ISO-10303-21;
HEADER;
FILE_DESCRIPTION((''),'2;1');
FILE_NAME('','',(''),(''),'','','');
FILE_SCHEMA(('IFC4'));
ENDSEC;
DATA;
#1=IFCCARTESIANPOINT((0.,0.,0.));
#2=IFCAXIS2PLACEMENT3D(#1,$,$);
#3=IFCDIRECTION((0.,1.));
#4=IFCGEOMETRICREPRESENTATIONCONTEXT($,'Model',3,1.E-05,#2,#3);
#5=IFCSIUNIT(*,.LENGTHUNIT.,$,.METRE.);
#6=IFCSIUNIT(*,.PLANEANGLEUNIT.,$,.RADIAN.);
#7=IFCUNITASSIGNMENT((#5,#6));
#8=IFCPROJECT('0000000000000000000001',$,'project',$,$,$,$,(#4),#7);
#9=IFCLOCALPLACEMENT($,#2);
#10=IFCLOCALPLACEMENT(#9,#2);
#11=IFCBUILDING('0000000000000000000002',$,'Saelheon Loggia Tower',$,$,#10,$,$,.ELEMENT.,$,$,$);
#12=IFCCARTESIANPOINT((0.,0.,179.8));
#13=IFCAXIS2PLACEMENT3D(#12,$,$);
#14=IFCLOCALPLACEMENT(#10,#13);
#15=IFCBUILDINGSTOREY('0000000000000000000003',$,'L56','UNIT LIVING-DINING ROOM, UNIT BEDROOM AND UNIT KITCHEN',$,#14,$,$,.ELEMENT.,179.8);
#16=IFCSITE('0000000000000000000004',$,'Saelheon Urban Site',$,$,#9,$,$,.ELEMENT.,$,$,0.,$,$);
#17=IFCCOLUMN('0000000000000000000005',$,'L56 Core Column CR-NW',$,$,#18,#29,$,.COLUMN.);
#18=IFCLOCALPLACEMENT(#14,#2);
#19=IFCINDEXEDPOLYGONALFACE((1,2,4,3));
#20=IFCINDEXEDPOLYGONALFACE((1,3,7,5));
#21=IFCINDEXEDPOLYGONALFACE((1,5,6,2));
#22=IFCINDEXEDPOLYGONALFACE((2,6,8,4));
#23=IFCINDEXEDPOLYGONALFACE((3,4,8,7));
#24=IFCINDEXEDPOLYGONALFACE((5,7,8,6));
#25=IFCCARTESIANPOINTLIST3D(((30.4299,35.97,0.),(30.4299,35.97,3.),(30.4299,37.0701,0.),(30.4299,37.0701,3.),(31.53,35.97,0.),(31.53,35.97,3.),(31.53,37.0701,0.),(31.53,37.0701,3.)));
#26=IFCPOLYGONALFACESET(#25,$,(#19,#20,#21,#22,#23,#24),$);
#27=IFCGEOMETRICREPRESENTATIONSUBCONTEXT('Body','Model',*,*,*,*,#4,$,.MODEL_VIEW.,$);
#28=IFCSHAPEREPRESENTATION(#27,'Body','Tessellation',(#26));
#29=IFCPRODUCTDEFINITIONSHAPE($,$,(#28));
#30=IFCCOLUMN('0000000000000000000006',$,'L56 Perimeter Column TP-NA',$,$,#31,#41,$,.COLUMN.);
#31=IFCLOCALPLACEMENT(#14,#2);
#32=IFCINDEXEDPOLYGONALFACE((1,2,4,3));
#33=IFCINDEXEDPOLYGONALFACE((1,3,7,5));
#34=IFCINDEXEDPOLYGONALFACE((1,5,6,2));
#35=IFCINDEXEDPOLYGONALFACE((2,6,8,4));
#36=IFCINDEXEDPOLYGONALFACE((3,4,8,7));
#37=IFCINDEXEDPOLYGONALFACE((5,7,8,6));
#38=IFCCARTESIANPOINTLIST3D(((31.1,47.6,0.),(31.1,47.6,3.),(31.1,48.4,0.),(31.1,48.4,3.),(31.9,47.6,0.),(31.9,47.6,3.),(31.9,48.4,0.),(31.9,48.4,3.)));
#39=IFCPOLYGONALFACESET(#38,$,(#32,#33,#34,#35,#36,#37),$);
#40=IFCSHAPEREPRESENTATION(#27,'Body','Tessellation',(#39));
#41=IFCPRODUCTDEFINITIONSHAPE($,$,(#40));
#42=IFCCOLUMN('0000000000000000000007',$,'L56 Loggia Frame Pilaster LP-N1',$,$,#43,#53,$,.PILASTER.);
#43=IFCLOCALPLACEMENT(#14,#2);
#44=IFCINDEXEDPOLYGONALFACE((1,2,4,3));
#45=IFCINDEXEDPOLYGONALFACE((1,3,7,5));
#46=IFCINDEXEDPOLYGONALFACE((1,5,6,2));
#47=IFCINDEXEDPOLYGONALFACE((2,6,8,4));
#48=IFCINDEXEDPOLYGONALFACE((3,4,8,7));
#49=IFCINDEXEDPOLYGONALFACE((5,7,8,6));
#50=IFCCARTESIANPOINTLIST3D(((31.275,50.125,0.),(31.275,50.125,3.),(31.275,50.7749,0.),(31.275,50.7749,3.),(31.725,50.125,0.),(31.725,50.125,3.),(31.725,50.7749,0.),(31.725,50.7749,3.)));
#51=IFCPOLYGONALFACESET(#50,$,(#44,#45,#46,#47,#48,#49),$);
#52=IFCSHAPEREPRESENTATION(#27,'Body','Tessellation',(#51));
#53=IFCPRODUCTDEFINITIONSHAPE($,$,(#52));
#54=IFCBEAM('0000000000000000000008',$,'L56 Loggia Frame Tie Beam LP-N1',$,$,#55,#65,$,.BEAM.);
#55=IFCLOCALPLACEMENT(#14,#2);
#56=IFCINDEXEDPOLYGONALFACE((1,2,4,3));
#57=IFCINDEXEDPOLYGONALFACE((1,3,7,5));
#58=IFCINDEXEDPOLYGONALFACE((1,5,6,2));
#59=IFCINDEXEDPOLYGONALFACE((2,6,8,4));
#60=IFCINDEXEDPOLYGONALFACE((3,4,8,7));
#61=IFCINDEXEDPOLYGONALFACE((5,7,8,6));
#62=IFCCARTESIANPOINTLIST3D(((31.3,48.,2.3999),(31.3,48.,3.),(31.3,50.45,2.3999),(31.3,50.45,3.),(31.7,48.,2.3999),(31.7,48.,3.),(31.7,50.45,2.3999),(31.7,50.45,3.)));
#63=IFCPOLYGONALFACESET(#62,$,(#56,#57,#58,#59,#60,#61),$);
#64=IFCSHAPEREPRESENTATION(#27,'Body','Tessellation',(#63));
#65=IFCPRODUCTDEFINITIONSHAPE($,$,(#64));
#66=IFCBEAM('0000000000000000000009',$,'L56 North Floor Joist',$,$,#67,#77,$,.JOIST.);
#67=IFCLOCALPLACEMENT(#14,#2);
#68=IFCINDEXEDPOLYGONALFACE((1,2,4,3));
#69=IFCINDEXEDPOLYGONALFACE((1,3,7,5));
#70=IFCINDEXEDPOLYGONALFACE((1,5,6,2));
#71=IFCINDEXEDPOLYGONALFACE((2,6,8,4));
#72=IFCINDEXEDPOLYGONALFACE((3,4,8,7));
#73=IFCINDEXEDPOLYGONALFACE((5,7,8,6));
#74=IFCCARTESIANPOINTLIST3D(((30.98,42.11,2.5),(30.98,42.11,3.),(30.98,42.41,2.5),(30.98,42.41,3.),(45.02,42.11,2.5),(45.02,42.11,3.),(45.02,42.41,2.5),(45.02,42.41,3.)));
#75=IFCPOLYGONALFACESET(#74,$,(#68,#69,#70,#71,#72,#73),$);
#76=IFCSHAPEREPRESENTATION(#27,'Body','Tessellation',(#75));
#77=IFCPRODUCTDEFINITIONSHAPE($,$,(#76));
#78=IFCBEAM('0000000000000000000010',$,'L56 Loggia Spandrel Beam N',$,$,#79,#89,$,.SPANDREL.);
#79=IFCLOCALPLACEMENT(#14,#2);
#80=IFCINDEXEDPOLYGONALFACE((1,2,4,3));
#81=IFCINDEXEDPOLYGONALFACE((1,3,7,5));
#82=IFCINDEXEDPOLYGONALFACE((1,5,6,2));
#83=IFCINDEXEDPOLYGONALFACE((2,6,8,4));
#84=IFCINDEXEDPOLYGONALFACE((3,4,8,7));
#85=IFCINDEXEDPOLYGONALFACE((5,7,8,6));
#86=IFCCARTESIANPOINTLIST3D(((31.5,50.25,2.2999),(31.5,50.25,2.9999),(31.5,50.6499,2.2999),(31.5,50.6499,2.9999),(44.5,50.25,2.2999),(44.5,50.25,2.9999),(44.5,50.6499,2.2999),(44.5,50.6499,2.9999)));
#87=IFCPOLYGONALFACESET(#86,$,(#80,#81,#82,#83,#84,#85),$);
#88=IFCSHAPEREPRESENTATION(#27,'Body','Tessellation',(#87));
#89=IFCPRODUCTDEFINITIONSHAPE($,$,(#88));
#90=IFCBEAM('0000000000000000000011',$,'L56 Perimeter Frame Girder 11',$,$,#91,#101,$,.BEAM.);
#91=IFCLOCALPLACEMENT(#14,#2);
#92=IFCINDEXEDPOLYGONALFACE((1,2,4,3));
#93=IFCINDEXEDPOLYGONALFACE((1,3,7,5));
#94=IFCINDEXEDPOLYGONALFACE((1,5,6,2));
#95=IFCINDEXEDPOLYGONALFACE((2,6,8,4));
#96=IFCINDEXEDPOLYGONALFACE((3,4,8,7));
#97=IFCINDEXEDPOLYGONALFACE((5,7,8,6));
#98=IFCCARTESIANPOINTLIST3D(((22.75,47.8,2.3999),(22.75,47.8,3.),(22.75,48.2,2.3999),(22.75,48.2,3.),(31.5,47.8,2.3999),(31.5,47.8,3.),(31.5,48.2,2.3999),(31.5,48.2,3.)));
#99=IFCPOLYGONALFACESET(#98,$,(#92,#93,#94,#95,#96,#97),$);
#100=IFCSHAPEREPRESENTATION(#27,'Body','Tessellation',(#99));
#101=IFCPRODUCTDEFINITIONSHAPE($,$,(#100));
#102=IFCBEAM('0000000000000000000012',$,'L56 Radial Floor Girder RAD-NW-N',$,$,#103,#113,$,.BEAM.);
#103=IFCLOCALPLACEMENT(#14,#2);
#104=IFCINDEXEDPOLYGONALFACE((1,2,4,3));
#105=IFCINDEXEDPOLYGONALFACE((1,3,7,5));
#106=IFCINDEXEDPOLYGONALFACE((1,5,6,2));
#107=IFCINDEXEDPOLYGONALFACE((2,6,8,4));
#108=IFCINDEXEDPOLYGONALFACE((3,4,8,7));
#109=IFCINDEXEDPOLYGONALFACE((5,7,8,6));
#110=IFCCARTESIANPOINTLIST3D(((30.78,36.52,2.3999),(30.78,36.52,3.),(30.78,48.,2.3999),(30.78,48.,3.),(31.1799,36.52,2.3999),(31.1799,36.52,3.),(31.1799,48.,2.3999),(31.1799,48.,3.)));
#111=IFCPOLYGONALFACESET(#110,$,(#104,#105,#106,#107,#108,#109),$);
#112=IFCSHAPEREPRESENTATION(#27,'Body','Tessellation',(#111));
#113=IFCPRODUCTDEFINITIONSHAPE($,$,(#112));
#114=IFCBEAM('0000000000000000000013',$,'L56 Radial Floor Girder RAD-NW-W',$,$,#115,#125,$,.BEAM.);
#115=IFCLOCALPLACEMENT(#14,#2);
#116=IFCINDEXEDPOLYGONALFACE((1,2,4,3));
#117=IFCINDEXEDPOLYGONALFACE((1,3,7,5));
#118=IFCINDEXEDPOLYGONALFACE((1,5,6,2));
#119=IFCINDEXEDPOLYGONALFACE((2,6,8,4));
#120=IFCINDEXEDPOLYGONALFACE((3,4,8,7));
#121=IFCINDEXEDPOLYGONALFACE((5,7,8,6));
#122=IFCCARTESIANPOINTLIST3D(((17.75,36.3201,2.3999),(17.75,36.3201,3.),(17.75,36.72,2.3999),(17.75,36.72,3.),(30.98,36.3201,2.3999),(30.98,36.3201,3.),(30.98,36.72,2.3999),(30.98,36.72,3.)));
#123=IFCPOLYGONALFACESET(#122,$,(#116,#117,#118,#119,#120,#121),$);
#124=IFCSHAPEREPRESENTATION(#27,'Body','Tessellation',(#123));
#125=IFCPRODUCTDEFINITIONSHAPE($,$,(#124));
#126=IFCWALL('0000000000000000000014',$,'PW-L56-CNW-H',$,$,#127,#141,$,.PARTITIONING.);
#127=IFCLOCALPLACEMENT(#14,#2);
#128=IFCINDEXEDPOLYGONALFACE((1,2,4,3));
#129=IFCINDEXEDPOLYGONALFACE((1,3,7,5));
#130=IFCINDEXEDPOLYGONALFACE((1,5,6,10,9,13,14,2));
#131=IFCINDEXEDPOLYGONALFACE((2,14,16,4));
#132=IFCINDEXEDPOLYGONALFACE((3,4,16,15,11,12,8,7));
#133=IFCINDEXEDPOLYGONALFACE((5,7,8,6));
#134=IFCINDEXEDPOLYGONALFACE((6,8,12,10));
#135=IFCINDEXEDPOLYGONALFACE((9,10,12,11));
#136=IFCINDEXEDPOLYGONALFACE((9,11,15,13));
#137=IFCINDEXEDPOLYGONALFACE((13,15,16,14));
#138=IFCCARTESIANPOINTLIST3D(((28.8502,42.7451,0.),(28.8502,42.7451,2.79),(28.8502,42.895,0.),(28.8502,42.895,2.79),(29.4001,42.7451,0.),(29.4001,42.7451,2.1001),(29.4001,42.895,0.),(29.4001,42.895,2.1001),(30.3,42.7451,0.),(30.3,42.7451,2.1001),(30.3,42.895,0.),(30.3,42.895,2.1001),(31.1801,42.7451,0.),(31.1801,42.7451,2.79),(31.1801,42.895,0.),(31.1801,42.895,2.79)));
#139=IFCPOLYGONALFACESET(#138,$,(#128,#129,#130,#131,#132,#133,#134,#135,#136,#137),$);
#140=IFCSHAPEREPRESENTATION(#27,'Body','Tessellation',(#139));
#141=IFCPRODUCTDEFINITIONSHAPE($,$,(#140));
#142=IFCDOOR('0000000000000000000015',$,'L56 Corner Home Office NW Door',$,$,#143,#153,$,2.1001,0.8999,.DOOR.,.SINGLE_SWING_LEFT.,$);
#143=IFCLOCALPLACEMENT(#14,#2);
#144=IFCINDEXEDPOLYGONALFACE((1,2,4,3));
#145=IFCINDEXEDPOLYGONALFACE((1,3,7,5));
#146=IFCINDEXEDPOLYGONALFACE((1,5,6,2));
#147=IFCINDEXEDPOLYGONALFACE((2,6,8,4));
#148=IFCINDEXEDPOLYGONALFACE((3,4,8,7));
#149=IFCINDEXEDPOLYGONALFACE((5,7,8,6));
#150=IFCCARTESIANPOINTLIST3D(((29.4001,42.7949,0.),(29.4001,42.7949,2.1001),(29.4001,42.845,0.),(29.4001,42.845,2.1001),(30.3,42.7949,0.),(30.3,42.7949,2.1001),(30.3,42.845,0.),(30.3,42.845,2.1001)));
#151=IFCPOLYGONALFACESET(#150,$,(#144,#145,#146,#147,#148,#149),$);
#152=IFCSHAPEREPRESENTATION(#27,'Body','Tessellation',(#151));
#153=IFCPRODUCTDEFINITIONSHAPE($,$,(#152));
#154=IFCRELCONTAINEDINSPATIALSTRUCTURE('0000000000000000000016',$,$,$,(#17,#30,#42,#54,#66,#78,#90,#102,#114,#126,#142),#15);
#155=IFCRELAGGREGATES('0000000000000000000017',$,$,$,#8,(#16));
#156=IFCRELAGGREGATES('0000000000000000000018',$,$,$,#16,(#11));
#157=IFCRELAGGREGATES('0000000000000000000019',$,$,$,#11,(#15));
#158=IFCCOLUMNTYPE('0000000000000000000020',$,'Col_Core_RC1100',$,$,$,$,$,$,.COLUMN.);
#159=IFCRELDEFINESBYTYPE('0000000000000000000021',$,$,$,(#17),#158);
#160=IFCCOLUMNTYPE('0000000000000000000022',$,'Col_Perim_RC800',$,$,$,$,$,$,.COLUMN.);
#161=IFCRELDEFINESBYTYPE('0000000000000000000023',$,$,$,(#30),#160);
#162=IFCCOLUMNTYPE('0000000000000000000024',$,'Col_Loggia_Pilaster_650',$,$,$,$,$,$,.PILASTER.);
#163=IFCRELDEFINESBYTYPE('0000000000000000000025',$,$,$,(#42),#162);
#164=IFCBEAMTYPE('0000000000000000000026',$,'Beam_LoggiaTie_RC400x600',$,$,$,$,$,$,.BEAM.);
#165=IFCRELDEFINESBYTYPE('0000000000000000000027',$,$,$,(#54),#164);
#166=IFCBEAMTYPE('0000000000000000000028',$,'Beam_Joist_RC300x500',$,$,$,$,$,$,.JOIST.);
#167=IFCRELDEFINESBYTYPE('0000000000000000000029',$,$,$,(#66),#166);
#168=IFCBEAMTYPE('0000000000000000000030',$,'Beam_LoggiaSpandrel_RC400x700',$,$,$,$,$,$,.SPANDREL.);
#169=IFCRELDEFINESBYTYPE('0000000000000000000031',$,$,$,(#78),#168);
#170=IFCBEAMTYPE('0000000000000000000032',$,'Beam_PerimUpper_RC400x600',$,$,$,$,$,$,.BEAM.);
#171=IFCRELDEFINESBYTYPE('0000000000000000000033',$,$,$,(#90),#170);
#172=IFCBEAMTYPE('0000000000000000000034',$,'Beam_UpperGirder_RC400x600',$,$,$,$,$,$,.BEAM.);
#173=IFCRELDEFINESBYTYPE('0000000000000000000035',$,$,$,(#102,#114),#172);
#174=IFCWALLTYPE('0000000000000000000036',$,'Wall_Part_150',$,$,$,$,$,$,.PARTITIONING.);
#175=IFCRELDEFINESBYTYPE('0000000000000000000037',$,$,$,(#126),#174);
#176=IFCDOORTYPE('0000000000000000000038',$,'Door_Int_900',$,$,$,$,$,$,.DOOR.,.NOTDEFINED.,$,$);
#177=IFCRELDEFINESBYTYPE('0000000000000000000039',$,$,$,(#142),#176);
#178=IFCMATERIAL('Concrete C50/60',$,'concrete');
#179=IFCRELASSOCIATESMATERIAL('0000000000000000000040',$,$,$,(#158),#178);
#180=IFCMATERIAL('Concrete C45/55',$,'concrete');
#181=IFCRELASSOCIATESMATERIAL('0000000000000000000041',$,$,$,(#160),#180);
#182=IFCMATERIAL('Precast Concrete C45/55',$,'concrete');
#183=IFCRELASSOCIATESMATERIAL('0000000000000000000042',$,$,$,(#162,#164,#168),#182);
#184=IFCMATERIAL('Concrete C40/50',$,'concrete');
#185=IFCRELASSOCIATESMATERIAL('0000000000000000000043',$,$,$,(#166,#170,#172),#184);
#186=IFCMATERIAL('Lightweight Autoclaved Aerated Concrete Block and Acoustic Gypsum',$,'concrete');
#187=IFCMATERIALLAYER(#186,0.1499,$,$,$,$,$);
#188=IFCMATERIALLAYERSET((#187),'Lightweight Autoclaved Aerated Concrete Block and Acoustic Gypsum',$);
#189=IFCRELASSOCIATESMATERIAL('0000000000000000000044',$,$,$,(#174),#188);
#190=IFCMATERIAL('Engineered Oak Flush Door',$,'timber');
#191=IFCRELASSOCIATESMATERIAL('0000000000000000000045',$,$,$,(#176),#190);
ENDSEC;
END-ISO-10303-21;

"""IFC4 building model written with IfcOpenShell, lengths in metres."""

from ifc_helpers import new_model, si_unit, direction, frame, frame_2d, origin, origin_2d, place, context, subcontext, project, spatial, rectangle, extrude, source, transform, mapped, material, layer, layer_set, material_profile, profile_set, type_object, element, fill, save


model = new_model("IFC4")

# Units and contexts
model_context = context("Model", 3, precision=1e-05, world=origin(), true_north=direction((0.0, 1.0)))
body_context = subcontext(model_context, "Body", "Model", "MODEL_VIEW")
ifc_project = project(units=[si_unit("LENGTHUNIT", "METRE"), si_unit("PLANEANGLEUNIT", "RADIAN")], contexts=[model_context])

# Site, building, storey
site_placement = place(None, origin())
site = spatial("IfcSite", under=ifc_project, at=site_placement, Name="Saelheon Urban Site", CompositionType="ELEMENT", RefElevation=0.0)
building_placement = place(site_placement, origin())
building = spatial("IfcBuilding", under=site, at=building_placement, Name="Saelheon Loggia Tower", CompositionType="ELEMENT")
storey_placement = place(building_placement, frame((0.0, 0.0, 179.8)))
storey = spatial("IfcBuildingStorey", under=building, at=storey_placement, Name="L56", Description="UNIT LIVING-DINING ROOM, UNIT BEDROOM AND UNIT KITCHEN", CompositionType="ELEMENT", Elevation=179.8)

# Columns
ifc_material_1 = material(Name="Concrete C50/60", Category="concrete")
ifc_material_profile_1 = material_profile(ifc_material_1, rectangle(XDim=1.1001, YDim=1.1001, at=origin_2d()), Name="RC-1100x1100")
ifc_profile_set_1 = profile_set([ifc_material_profile_1], Name="Concrete C50/60")
column_type_1 = type_object("IfcColumnType", Name="Col_Core_RC1100", PredefinedType="COLUMN", material=ifc_profile_set_1)
shared_shape_1 = source(origin(), body_context, "Body", "SweptSolid", [
    extrude(rectangle(XDim=1.1001, YDim=1.1001, at=origin_2d()), origin(), (0.0, 0.0, 1.0), 3.0),
])
column_1_placement = place(storey_placement, frame((30.98, 36.52, 0.0), z_axis=(0.0, 0.0, 1.0), x_axis=(1.0, 0.0, 0.0)))
element("IfcColumn", 1, at=column_1_placement, inside=storey, type_object=column_type_1, Name="L56 Core Column CR-NW", PredefinedType="COLUMN", context=body_context, shape_type="MappedRepresentation", body=[
    mapped(shared_shape_1, transform((0.0, 0.0, 0.0), scale=1.0)),
])
ifc_material_2 = material(Name="Concrete C45/55", Category="concrete")
ifc_material_profile_2 = material_profile(ifc_material_2, rectangle(XDim=0.8, YDim=0.8, at=origin_2d()), Name="RC-800x800")
ifc_profile_set_2 = profile_set([ifc_material_profile_2], Name="Concrete C45/55")
column_type_2 = type_object("IfcColumnType", Name="Col_Perim_RC800", PredefinedType="COLUMN", material=ifc_profile_set_2)
shared_shape_2 = source(origin(), body_context, "Body", "SweptSolid", [
    extrude(rectangle(XDim=0.8, YDim=0.8, at=origin_2d()), origin(), (0.0, 0.0, 1.0), 3.0),
])
column_2_placement = place(storey_placement, frame((31.5, 48.0, 0.0), z_axis=(0.0, 0.0, 1.0), x_axis=(1.0, 0.0, 0.0)))
element("IfcColumn", 2, at=column_2_placement, inside=storey, type_object=column_type_2, Name="L56 Perimeter Column TP-NA", PredefinedType="COLUMN", context=body_context, shape_type="MappedRepresentation", body=[
    mapped(shared_shape_2, transform((0.0, 0.0, 0.0), scale=1.0)),
])
ifc_material_3 = material(Name="Precast Concrete C45/55", Category="concrete")
ifc_material_profile_3 = material_profile(ifc_material_3, rectangle(XDim=0.45, YDim=0.6499, at=origin_2d()), Name="RC-450x650")
ifc_profile_set_3 = profile_set([ifc_material_profile_3], Name="Precast Concrete C45/55")
column_type_3 = type_object("IfcColumnType", Name="Col_Loggia_Pilaster_650", PredefinedType="PILASTER", material=ifc_profile_set_3)
shared_shape_3 = source(origin(), body_context, "Body", "SweptSolid", [
    extrude(rectangle(XDim=0.45, YDim=0.6499, at=origin_2d()), origin(), (0.0, 0.0, 1.0), 3.0),
])
column_3_placement = place(storey_placement, frame((31.5, 50.45, 0.0), z_axis=(0.0, 0.0, 1.0), x_axis=(1.0, 0.0, 0.0)))
element("IfcColumn", 3, at=column_3_placement, inside=storey, type_object=column_type_3, Name="L56 Loggia Frame Pilaster LP-N1", PredefinedType="PILASTER", context=body_context, shape_type="MappedRepresentation", body=[
    mapped(shared_shape_3, transform((0.0, 0.0, 0.0), scale=1.0)),
])

# Beams
ifc_material_profile_4 = material_profile(ifc_material_3, rectangle(XDim=0.3999, YDim=0.6001, at=origin_2d()), Name="RC-400x600")
ifc_profile_set_4 = profile_set([ifc_material_profile_4], Name="Precast Concrete C45/55")
beam_type_1 = type_object("IfcBeamType", Name="Beam_LoggiaTie_RC400x600", PredefinedType="BEAM", material=ifc_profile_set_4)
shared_shape_4 = source(origin(), body_context, "Body", "SweptSolid", [
    extrude(rectangle(XDim=0.3999, YDim=0.6001, at=origin_2d()), origin(), (0.0, 0.0, 1.0), 2.45),
])
beam_1_placement = place(storey_placement, frame((31.5, 48.0, 2.7), z_axis=(0.0, 1.0, 0.0), x_axis=(-1.0, 0.0, 0.0)))
element("IfcBeam", 4, at=beam_1_placement, inside=storey, type_object=beam_type_1, Name="L56 Loggia Frame Tie Beam LP-N1", PredefinedType="BEAM", context=body_context, shape_type="MappedRepresentation", body=[
    mapped(shared_shape_4, transform((0.0, 0.0, 0.0), scale=1.0)),
])
ifc_material_4 = material(Name="Concrete C40/50", Category="concrete")
ifc_material_profile_5 = material_profile(ifc_material_4, rectangle(XDim=0.3, YDim=0.5, at=origin_2d()), Name="RC-300x500")
ifc_profile_set_5 = profile_set([ifc_material_profile_5], Name="Concrete C40/50")
beam_type_2 = type_object("IfcBeamType", Name="Beam_Joist_RC300x500", PredefinedType="JOIST", material=ifc_profile_set_5)
shared_shape_5 = source(origin(), body_context, "Body", "SweptSolid", [
    extrude(rectangle(XDim=0.3, YDim=0.5, at=origin_2d()), origin(), (0.0, 0.0, 1.0), 14.04),
])
beam_2_placement = place(storey_placement, frame((30.98, 42.26, 2.75), z_axis=(1.0, 0.0, 0.0), x_axis=(0.0, 1.0, 0.0)))
element("IfcBeam", 5, at=beam_2_placement, inside=storey, type_object=beam_type_2, Name="L56 North Floor Joist", PredefinedType="JOIST", context=body_context, shape_type="MappedRepresentation", body=[
    mapped(shared_shape_5, transform((0.0, 0.0, 0.0), scale=1.0)),
])
ifc_material_profile_6 = material_profile(ifc_material_3, rectangle(XDim=0.3999, YDim=0.7, at=origin_2d()), Name="RC-400x700")
ifc_profile_set_6 = profile_set([ifc_material_profile_6], Name="Precast Concrete C45/55")
beam_type_3 = type_object("IfcBeamType", Name="Beam_LoggiaSpandrel_RC400x700", PredefinedType="SPANDREL", material=ifc_profile_set_6)
shared_shape_6 = source(origin(), body_context, "Body", "SweptSolid", [
    extrude(rectangle(XDim=0.3999, YDim=0.7, at=origin_2d()), origin(), (0.0, 0.0, 1.0), 13.0),
])
beam_3_placement = place(storey_placement, frame((31.5, 50.45, 2.6499), z_axis=(1.0, 0.0, 0.0), x_axis=(0.0, 1.0, 0.0)))
element("IfcBeam", 6, at=beam_3_placement, inside=storey, type_object=beam_type_3, Name="L56 Loggia Spandrel Beam N", PredefinedType="SPANDREL", context=body_context, shape_type="MappedRepresentation", body=[
    mapped(shared_shape_6, transform((0.0, 0.0, 0.0), scale=1.0)),
])
ifc_material_profile_7 = material_profile(ifc_material_4, rectangle(XDim=0.3999, YDim=0.6001, at=origin_2d()), Name="RC-400x600")
ifc_profile_set_7 = profile_set([ifc_material_profile_7], Name="Concrete C40/50")
beam_type_4 = type_object("IfcBeamType", Name="Beam_PerimUpper_RC400x600", PredefinedType="BEAM", material=ifc_profile_set_7)
shared_shape_7 = source(origin(), body_context, "Body", "SweptSolid", [
    extrude(rectangle(XDim=0.3999, YDim=0.6001, at=origin_2d()), origin(), (0.0, 0.0, 1.0), 8.75),
])
beam_4_placement = place(storey_placement, frame((31.5, 48.0, 2.7), z_axis=(-1.0, 0.0, 0.0), x_axis=(0.0, -1.0, 0.0)))
element("IfcBeam", 7, at=beam_4_placement, inside=storey, type_object=beam_type_4, Name="L56 Perimeter Frame Girder 11", PredefinedType="BEAM", context=body_context, shape_type="MappedRepresentation", body=[
    mapped(shared_shape_7, transform((0.0, 0.0, 0.0), scale=1.0)),
])
ifc_material_profile_8 = material_profile(ifc_material_4, rectangle(XDim=0.3999, YDim=0.6001, at=origin_2d()), Name="RC-400x600")
ifc_profile_set_8 = profile_set([ifc_material_profile_8], Name="Concrete C40/50")
beam_type_5 = type_object("IfcBeamType", Name="Beam_UpperGirder_RC400x600", PredefinedType="BEAM", material=ifc_profile_set_8)
shared_shape_8 = source(origin(), body_context, "Body", "SweptSolid", [
    extrude(rectangle(XDim=0.3999, YDim=0.6001, at=origin_2d()), origin(), (0.0, 0.0, 1.0), 11.48),
])
beam_5_placement = place(storey_placement, frame((30.98, 36.52, 2.7), z_axis=(0.0, 1.0, 0.0), x_axis=(-1.0, 0.0, 0.0)))
element("IfcBeam", 8, at=beam_5_placement, inside=storey, type_object=beam_type_5, Name="L56 Radial Floor Girder RAD-NW-N", PredefinedType="BEAM", context=body_context, shape_type="MappedRepresentation", body=[
    mapped(shared_shape_8, transform((0.0, 0.0, 0.0), scale=1.0)),
])
shared_shape_9 = source(origin(), body_context, "Body", "SweptSolid", [
    extrude(rectangle(XDim=0.3999, YDim=0.6001, at=origin_2d()), origin(), (0.0, 0.0, 1.0), 13.23),
])
beam_6_placement = place(storey_placement, frame((30.98, 36.52, 2.7), z_axis=(-1.0, 0.0, 0.0), x_axis=(0.0, -1.0, 0.0)))
element("IfcBeam", 9, at=beam_6_placement, inside=storey, type_object=beam_type_5, Name="L56 Radial Floor Girder RAD-NW-W", PredefinedType="BEAM", context=body_context, shape_type="MappedRepresentation", body=[
    mapped(shared_shape_9, transform((0.0, 0.0, 0.0), scale=1.0)),
])

# Wall, opening, door
ifc_material_5 = material(Name="Lightweight Autoclaved Aerated Concrete Block and Acoustic Gypsum", Category="concrete")
ifc_layer_1 = layer(ifc_material_5, 0.1499)
ifc_layer_set_1 = layer_set([ifc_layer_1], Name="Lightweight Autoclaved Aerated Concrete Block and Acoustic Gypsum")
wall_type_1 = type_object("IfcWallType", Name="Wall_Part_150", PredefinedType="PARTITIONING", material=ifc_layer_set_1)
wall_1_placement = place(storey_placement, frame((28.8501, 42.8201, 0.0), z_axis=(0.0, 0.0, 1.0), x_axis=(1.0, 0.0, 0.0)))
wall_1 = element("IfcWall", 10, at=wall_1_placement, inside=storey, type_object=wall_type_1, Name="PW-L56-CNW-H", PredefinedType="PARTITIONING", context=body_context, shape_type="SweptSolid", body=[
    extrude(rectangle(XDim=2.3298, YDim=0.1499, at=frame_2d((1.165, 0.0))), origin(), (0.0, 0.0, 1.0), 2.79),
])
opening_1_placement = place(wall_1_placement, frame((0.55, 0.0, 0.0)))
opening_1 = element("IfcOpeningElement", 11, at=opening_1_placement, cuts=wall_1, PredefinedType="OPENING", context=body_context, shape_type="SweptSolid", body=[
    extrude(rectangle(XDim=0.8999, YDim=2.1001, at=frame_2d((0.45, 1.05))), frame((0.0, 0.0869, 0.0), z_axis=(0.0, -1.0, 0.0), x_axis=(1.0, 0.0, 0.0)), (0.0, 0.0, 1.0), 0.1738),
])
ifc_material_6 = material(Name="Engineered Oak Flush Door", Category="timber")
door_type_1 = type_object("IfcDoorType", Name="Door_Int_900", OperationType="NOTDEFINED", PredefinedType="DOOR", material=ifc_material_6)
shared_shape_10 = source(origin(), body_context, "Body", "SweptSolid", [
    extrude(rectangle(XDim=0.8999, YDim=2.1001, at=frame_2d((0.45, 1.05))), frame((0.0, 0.0249, 0.0), z_axis=(0.0, -1.0, 0.0), x_axis=(1.0, 0.0, 0.0)), (0.0, 0.0, 1.0), 0.05),
])
door_1_placement = place(opening_1_placement, origin())
door_1 = element("IfcDoor", 12, at=door_1_placement, inside=storey, type_object=door_type_1, Name="L56 Corner Home Office NW Door", OperationType="SINGLE_SWING_LEFT", OverallHeight=2.1001, OverallWidth=0.8999, PredefinedType="DOOR", context=body_context, shape_type="MappedRepresentation", body=[
    mapped(shared_shape_10, transform((0.0, 0.0, 0.0), scale=1.0)),
])
fill(opening_1, door_1)

save(model, "model.ifc")
